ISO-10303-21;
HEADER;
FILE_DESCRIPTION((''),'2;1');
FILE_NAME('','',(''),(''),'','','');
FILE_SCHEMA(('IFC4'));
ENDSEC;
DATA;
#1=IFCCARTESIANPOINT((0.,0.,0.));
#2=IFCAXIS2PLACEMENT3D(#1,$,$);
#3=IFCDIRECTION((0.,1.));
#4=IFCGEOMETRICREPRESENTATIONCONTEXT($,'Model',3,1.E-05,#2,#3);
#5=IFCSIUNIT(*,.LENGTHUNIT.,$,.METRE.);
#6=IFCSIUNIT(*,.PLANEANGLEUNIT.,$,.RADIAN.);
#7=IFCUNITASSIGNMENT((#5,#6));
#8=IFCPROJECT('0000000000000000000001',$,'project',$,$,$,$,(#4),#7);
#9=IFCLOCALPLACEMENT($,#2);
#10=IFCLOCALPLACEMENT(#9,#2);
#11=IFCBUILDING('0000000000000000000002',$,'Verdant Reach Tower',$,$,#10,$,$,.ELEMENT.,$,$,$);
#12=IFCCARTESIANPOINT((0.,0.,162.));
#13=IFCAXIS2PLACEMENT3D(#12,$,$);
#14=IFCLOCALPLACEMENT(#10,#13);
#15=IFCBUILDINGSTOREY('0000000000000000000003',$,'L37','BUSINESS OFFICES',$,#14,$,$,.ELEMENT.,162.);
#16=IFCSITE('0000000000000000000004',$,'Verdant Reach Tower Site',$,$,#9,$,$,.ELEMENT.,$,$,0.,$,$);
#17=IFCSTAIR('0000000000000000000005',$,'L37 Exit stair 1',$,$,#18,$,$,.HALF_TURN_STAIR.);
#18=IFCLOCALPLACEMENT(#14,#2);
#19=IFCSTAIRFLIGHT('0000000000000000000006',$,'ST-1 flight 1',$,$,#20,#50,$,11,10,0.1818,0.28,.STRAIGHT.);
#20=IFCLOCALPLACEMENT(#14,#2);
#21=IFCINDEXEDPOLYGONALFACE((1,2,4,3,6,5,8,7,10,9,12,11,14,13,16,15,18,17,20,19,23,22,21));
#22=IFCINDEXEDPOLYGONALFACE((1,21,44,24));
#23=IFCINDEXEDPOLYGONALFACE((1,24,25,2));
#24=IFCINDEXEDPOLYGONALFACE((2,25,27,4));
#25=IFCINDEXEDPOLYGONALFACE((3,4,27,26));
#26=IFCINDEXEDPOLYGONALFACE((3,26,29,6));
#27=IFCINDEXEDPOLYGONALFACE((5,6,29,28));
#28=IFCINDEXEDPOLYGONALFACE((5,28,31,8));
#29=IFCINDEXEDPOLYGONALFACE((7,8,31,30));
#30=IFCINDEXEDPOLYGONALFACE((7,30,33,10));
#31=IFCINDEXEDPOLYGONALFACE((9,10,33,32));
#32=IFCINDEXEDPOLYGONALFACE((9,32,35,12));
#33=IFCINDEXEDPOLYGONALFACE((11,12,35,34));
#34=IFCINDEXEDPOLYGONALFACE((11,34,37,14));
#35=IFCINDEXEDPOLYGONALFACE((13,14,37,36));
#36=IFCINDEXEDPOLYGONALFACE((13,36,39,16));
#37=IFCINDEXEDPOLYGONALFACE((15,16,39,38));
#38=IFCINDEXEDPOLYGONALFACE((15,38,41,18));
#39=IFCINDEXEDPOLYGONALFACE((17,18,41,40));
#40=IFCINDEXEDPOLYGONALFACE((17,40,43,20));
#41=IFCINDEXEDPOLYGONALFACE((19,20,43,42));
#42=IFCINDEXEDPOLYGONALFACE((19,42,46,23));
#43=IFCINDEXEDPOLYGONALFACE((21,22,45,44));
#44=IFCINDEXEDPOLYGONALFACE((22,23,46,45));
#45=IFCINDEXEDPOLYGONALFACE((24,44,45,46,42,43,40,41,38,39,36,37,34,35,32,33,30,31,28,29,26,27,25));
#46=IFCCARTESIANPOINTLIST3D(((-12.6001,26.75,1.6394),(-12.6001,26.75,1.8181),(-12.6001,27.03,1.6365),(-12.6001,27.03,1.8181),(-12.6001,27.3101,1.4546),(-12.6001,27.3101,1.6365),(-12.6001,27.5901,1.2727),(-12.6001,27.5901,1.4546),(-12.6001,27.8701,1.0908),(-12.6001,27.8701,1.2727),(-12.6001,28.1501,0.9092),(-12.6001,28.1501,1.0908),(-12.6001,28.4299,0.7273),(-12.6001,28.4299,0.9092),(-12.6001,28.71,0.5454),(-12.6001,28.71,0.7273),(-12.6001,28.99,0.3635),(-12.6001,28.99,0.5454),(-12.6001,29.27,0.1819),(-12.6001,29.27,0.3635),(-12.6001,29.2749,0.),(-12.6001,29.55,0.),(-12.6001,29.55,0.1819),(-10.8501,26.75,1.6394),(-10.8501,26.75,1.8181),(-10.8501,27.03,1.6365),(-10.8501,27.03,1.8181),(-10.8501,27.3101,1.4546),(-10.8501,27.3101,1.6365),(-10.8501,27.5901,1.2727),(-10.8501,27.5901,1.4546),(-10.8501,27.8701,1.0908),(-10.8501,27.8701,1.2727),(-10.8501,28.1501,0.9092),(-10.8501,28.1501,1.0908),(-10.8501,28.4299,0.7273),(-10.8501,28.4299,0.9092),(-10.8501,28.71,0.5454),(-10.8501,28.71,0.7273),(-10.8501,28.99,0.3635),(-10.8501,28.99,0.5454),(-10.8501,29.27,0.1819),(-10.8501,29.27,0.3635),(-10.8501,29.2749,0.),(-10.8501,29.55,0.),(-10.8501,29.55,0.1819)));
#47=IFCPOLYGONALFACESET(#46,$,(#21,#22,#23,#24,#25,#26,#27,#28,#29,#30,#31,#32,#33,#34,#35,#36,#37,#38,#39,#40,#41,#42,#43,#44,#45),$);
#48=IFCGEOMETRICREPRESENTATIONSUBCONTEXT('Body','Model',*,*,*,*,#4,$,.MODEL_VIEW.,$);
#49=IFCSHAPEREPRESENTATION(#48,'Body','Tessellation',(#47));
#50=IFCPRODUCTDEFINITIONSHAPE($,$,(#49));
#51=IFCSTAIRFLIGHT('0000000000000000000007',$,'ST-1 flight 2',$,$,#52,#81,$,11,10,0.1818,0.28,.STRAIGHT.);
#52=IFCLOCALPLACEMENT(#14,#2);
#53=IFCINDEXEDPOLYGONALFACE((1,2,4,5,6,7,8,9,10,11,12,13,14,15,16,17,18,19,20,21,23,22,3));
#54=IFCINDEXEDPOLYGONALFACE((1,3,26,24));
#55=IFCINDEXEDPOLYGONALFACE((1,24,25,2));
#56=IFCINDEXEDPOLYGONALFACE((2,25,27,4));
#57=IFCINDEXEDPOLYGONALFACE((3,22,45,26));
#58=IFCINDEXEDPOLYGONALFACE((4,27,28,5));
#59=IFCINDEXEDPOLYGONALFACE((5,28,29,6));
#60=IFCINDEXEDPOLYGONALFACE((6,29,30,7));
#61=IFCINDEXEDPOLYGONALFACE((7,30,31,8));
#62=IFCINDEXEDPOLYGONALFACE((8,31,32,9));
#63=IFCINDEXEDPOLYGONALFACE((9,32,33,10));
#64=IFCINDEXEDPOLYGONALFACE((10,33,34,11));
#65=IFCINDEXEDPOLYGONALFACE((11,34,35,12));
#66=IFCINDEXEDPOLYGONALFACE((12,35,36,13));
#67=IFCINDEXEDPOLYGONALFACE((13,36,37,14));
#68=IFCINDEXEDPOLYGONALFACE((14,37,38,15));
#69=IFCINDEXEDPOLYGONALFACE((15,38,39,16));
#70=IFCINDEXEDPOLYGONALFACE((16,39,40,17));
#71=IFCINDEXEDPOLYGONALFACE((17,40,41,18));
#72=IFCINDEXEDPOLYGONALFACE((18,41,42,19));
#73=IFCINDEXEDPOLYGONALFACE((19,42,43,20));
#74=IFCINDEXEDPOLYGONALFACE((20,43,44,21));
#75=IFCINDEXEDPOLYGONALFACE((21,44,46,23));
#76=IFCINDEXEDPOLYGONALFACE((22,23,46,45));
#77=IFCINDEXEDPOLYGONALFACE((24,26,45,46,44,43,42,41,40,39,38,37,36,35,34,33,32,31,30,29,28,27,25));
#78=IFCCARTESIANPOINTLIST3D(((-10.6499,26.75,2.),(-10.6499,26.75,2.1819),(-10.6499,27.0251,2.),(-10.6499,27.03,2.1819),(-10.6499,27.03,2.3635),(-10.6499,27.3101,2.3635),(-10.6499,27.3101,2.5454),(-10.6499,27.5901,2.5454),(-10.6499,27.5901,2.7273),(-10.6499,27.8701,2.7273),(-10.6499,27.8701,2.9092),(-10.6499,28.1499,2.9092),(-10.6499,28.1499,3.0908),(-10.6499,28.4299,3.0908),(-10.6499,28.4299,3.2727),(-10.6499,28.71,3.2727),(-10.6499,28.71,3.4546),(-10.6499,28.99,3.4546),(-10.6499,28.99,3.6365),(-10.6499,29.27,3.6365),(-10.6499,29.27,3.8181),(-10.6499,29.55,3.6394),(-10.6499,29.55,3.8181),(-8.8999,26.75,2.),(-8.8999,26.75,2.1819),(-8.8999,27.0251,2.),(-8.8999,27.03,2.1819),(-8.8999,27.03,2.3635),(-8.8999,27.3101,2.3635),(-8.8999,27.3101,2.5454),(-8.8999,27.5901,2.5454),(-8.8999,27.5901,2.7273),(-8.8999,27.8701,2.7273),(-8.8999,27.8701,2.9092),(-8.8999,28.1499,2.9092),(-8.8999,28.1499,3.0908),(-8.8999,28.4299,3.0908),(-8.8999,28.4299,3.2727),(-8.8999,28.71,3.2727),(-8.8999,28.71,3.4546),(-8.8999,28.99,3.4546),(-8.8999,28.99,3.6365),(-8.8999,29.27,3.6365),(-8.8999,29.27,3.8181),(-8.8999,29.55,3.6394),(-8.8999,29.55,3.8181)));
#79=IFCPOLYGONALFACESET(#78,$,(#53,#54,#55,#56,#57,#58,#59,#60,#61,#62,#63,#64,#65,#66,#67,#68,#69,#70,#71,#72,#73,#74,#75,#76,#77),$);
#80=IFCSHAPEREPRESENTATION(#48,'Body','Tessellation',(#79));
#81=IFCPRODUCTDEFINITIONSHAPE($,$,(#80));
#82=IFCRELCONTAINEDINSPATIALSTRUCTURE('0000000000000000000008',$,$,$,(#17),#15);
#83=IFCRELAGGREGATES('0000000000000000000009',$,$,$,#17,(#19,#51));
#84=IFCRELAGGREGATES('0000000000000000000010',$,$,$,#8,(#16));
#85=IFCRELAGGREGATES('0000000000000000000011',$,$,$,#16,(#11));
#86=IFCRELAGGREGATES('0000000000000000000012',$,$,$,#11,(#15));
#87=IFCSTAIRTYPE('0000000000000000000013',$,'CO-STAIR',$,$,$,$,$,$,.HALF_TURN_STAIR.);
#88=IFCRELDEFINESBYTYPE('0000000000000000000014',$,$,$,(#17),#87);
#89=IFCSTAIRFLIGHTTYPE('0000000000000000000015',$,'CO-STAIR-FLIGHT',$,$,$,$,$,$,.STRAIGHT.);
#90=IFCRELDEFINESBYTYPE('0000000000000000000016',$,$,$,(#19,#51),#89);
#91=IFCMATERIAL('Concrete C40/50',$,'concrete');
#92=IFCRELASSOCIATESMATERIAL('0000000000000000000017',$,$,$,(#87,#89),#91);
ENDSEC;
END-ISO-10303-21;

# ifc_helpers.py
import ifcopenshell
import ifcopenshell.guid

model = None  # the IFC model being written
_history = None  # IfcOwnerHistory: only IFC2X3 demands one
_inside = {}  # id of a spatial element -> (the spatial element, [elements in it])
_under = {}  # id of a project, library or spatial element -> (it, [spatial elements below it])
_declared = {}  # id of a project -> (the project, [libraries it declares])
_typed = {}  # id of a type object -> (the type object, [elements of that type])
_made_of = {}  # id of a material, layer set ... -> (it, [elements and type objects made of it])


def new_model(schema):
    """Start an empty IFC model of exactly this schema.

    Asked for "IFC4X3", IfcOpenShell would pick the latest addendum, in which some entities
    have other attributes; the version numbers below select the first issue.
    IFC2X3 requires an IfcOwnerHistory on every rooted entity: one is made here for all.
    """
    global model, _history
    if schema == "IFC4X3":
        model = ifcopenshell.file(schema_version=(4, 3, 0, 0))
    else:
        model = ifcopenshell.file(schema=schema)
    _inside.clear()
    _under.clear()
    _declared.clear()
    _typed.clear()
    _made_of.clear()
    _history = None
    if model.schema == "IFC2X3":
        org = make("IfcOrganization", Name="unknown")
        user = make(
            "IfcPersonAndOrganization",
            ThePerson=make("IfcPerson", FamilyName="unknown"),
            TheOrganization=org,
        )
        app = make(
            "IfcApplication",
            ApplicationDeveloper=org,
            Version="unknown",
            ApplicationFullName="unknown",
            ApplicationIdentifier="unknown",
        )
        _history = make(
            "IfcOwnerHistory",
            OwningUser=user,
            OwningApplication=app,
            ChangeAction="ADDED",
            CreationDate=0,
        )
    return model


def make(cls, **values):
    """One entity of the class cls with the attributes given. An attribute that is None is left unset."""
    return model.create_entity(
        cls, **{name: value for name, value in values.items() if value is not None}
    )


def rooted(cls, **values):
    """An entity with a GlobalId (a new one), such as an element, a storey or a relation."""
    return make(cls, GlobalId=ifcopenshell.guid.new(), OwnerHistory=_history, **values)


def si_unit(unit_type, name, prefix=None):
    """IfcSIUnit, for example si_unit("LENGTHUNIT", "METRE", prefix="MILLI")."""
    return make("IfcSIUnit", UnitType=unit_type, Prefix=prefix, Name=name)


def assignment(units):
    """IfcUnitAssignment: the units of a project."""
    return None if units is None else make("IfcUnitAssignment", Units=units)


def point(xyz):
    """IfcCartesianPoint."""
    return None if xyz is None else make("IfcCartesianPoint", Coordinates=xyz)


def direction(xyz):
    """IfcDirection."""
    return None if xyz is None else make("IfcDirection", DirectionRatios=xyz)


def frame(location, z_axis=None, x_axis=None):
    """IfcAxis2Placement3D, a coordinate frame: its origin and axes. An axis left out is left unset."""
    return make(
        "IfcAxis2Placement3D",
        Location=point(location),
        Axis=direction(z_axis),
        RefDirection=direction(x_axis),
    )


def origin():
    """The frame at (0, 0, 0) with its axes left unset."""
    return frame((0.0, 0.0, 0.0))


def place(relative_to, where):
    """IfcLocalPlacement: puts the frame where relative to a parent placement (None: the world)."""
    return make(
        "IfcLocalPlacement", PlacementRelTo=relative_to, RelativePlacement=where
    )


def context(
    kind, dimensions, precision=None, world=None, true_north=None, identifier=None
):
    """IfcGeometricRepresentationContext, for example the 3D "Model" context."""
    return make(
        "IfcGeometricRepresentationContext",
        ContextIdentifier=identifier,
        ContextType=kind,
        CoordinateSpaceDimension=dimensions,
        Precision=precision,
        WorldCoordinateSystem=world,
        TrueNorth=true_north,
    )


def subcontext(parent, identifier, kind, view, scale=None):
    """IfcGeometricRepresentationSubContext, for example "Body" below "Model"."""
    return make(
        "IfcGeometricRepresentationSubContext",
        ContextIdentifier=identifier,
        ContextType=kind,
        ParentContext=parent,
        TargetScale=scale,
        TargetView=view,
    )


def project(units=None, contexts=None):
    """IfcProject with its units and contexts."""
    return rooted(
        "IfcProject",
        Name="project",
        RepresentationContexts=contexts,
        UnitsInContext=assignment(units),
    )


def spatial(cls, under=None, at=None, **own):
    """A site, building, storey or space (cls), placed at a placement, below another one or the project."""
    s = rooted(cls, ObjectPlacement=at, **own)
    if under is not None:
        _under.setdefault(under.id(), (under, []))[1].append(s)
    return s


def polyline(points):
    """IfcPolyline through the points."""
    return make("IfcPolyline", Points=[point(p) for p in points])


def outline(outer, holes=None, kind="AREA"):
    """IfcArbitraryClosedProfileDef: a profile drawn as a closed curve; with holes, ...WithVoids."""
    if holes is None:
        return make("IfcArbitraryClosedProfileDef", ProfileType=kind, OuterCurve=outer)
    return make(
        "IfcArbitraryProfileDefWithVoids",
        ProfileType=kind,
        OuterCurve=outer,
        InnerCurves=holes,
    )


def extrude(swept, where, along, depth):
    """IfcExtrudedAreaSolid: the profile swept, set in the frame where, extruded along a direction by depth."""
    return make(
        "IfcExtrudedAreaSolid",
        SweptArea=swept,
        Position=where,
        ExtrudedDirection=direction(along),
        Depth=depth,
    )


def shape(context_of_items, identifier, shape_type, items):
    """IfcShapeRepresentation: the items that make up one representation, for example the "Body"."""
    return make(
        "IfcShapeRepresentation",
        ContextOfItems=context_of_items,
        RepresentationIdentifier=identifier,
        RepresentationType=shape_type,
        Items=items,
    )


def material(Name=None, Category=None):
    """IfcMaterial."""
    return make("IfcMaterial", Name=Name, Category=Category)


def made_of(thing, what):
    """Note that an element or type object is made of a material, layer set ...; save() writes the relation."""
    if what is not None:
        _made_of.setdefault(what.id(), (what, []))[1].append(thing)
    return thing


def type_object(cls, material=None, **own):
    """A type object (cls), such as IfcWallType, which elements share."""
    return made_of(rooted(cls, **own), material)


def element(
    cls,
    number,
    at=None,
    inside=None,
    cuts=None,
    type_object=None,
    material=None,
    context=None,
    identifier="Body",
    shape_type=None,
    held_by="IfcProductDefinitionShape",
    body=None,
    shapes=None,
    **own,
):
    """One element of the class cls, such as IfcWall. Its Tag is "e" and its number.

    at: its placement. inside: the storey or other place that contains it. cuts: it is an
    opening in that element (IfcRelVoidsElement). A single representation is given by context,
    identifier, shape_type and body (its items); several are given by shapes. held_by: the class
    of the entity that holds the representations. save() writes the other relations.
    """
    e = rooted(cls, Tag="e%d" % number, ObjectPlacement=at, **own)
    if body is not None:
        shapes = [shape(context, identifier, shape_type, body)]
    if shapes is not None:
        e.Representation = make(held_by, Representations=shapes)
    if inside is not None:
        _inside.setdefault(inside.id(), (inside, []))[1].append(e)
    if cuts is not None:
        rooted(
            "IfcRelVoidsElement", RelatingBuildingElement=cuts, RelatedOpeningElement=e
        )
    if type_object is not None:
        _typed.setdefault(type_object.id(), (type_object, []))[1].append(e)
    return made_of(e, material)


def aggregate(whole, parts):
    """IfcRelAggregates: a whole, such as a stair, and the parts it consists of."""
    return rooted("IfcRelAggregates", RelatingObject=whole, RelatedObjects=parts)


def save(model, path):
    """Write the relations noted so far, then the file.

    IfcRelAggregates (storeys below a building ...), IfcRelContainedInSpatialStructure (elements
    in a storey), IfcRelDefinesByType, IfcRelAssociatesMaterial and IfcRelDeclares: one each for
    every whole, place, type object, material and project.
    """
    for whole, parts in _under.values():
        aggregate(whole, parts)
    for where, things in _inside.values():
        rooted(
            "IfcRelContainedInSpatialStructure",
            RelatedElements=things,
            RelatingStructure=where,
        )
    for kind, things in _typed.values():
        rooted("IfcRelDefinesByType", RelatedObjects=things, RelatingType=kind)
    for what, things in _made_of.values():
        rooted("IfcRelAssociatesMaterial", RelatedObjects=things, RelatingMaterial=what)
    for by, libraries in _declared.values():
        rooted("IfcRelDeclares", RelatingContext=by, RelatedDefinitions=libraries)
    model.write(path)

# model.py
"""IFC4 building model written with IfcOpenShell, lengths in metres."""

from ifc_helpers import new_model, si_unit, direction, frame, origin, place, context, subcontext, project, spatial, polyline, outline, extrude, material, type_object, element, aggregate, save


model = new_model("IFC4")

# Units and contexts
model_context = context("Model", 3, precision=1e-05, world=origin(), true_north=direction((0.0, 1.0)))
body_context = subcontext(model_context, "Body", "Model", "MODEL_VIEW")
ifc_project = project(units=[si_unit("LENGTHUNIT", "METRE"), si_unit("PLANEANGLEUNIT", "RADIAN")], contexts=[model_context])

# Site, building, storey
site_placement = place(None, origin())
site = spatial("IfcSite", under=ifc_project, at=site_placement, Name="Verdant Reach Tower Site", CompositionType="ELEMENT", RefElevation=0.0)
building_placement = place(site_placement, origin())
building = spatial("IfcBuilding", under=site, at=building_placement, Name="Verdant Reach Tower", CompositionType="ELEMENT")
storey_placement = place(building_placement, frame((0.0, 0.0, 162.0)))
storey = spatial("IfcBuildingStorey", under=building, at=storey_placement, Name="L37", Description="BUSINESS OFFICES", CompositionType="ELEMENT", Elevation=162.0)

# Shared definitions
ifc_material_1 = material(Name="Concrete C40/50", Category="concrete")

# Stair, stair flights
stair_type = type_object("IfcStairType", Name="CO-STAIR", PredefinedType="HALF_TURN_STAIR", material=ifc_material_1)
stair_placement = place(storey_placement, origin())
stair = element("IfcStair", 1, at=stair_placement, inside=storey, type_object=stair_type, Name="L37 Exit stair 1", PredefinedType="HALF_TURN_STAIR")
stair_flight_type = type_object("IfcStairFlightType", Name="CO-STAIR-FLIGHT", PredefinedType="STRAIGHT", material=ifc_material_1)
stair_flight_1_placement = place(storey_placement, frame((-11.7251, 29.55, 0.0), z_axis=(0.0, 0.0, 1.0), x_axis=(0.0, -1.0, 0.0)))
stair_flight_1 = element("IfcStairFlight", 2, at=stair_flight_1_placement, type_object=stair_flight_type, Name="ST-1 flight 1", NumberOfRisers=11, NumberOfTreads=10, PredefinedType="STRAIGHT", RiserHeight=0.1818, TreadLength=0.28, context=body_context, shape_type="SweptSolid", body=[
    extrude(outline(polyline([(0.0, 0.0), (0.0, 0.1819), (0.28, 0.1819), (0.28, 0.3635), (0.5601, 0.3635), (0.5601, 0.5454), (0.8401, 0.5454), (0.8401, 0.7273), (1.1201, 0.7273), (1.1201, 0.9092), (1.3999, 0.9092), (1.3999, 1.0908), (1.6799, 1.0908), (1.6799, 1.2727), (1.96, 1.2727), (1.96, 1.4546), (2.24, 1.4546), (2.24, 1.6365), (2.52, 1.6365), (2.52, 1.8181), (2.8, 1.8181), (2.8, 2.0), (2.8, 1.6394), (0.2751, 0.0), (0.0, 0.0)])), frame((0.0, 0.875, 0.0), z_axis=(0.0, -1.0, 0.0), x_axis=(1.0, 0.0, 0.0)), (0.0, 0.0, 1.0), 1.75),
])
stair_flight_2_placement = place(storey_placement, frame((-9.7749, 26.75, 2.0), z_axis=(0.0, 0.0, 1.0), x_axis=(0.0, 1.0, 0.0)))
stair_flight_2 = element("IfcStairFlight", 3, at=stair_flight_2_placement, type_object=stair_flight_type, Name="ST-1 flight 2", NumberOfRisers=11, NumberOfTreads=10, PredefinedType="STRAIGHT", RiserHeight=0.1818, TreadLength=0.28, context=body_context, shape_type="SweptSolid", body=[
    extrude(outline(polyline([(0.0, 0.0), (0.0, 0.1819), (0.28, 0.1819), (0.28, 0.3635), (0.5601, 0.3635), (0.5601, 0.5454), (0.8401, 0.5454), (0.8401, 0.7273), (1.1201, 0.7273), (1.1201, 0.9092), (1.3999, 0.9092), (1.3999, 1.0908), (1.6799, 1.0908), (1.6799, 1.2727), (1.96, 1.2727), (1.96, 1.4546), (2.24, 1.4546), (2.24, 1.6365), (2.52, 1.6365), (2.52, 1.8181), (2.8, 1.8181), (2.8, 2.0), (2.8, 1.6394), (0.2751, 0.0), (0.0, 0.0)])), frame((0.0, 0.875, 0.0), z_axis=(0.0, -1.0, 0.0), x_axis=(1.0, 0.0, 0.0)), (0.0, 0.0, 1.0), 1.75),
])
aggregate(stair, [stair_flight_1, stair_flight_2])

save(model, "model.ifc")
